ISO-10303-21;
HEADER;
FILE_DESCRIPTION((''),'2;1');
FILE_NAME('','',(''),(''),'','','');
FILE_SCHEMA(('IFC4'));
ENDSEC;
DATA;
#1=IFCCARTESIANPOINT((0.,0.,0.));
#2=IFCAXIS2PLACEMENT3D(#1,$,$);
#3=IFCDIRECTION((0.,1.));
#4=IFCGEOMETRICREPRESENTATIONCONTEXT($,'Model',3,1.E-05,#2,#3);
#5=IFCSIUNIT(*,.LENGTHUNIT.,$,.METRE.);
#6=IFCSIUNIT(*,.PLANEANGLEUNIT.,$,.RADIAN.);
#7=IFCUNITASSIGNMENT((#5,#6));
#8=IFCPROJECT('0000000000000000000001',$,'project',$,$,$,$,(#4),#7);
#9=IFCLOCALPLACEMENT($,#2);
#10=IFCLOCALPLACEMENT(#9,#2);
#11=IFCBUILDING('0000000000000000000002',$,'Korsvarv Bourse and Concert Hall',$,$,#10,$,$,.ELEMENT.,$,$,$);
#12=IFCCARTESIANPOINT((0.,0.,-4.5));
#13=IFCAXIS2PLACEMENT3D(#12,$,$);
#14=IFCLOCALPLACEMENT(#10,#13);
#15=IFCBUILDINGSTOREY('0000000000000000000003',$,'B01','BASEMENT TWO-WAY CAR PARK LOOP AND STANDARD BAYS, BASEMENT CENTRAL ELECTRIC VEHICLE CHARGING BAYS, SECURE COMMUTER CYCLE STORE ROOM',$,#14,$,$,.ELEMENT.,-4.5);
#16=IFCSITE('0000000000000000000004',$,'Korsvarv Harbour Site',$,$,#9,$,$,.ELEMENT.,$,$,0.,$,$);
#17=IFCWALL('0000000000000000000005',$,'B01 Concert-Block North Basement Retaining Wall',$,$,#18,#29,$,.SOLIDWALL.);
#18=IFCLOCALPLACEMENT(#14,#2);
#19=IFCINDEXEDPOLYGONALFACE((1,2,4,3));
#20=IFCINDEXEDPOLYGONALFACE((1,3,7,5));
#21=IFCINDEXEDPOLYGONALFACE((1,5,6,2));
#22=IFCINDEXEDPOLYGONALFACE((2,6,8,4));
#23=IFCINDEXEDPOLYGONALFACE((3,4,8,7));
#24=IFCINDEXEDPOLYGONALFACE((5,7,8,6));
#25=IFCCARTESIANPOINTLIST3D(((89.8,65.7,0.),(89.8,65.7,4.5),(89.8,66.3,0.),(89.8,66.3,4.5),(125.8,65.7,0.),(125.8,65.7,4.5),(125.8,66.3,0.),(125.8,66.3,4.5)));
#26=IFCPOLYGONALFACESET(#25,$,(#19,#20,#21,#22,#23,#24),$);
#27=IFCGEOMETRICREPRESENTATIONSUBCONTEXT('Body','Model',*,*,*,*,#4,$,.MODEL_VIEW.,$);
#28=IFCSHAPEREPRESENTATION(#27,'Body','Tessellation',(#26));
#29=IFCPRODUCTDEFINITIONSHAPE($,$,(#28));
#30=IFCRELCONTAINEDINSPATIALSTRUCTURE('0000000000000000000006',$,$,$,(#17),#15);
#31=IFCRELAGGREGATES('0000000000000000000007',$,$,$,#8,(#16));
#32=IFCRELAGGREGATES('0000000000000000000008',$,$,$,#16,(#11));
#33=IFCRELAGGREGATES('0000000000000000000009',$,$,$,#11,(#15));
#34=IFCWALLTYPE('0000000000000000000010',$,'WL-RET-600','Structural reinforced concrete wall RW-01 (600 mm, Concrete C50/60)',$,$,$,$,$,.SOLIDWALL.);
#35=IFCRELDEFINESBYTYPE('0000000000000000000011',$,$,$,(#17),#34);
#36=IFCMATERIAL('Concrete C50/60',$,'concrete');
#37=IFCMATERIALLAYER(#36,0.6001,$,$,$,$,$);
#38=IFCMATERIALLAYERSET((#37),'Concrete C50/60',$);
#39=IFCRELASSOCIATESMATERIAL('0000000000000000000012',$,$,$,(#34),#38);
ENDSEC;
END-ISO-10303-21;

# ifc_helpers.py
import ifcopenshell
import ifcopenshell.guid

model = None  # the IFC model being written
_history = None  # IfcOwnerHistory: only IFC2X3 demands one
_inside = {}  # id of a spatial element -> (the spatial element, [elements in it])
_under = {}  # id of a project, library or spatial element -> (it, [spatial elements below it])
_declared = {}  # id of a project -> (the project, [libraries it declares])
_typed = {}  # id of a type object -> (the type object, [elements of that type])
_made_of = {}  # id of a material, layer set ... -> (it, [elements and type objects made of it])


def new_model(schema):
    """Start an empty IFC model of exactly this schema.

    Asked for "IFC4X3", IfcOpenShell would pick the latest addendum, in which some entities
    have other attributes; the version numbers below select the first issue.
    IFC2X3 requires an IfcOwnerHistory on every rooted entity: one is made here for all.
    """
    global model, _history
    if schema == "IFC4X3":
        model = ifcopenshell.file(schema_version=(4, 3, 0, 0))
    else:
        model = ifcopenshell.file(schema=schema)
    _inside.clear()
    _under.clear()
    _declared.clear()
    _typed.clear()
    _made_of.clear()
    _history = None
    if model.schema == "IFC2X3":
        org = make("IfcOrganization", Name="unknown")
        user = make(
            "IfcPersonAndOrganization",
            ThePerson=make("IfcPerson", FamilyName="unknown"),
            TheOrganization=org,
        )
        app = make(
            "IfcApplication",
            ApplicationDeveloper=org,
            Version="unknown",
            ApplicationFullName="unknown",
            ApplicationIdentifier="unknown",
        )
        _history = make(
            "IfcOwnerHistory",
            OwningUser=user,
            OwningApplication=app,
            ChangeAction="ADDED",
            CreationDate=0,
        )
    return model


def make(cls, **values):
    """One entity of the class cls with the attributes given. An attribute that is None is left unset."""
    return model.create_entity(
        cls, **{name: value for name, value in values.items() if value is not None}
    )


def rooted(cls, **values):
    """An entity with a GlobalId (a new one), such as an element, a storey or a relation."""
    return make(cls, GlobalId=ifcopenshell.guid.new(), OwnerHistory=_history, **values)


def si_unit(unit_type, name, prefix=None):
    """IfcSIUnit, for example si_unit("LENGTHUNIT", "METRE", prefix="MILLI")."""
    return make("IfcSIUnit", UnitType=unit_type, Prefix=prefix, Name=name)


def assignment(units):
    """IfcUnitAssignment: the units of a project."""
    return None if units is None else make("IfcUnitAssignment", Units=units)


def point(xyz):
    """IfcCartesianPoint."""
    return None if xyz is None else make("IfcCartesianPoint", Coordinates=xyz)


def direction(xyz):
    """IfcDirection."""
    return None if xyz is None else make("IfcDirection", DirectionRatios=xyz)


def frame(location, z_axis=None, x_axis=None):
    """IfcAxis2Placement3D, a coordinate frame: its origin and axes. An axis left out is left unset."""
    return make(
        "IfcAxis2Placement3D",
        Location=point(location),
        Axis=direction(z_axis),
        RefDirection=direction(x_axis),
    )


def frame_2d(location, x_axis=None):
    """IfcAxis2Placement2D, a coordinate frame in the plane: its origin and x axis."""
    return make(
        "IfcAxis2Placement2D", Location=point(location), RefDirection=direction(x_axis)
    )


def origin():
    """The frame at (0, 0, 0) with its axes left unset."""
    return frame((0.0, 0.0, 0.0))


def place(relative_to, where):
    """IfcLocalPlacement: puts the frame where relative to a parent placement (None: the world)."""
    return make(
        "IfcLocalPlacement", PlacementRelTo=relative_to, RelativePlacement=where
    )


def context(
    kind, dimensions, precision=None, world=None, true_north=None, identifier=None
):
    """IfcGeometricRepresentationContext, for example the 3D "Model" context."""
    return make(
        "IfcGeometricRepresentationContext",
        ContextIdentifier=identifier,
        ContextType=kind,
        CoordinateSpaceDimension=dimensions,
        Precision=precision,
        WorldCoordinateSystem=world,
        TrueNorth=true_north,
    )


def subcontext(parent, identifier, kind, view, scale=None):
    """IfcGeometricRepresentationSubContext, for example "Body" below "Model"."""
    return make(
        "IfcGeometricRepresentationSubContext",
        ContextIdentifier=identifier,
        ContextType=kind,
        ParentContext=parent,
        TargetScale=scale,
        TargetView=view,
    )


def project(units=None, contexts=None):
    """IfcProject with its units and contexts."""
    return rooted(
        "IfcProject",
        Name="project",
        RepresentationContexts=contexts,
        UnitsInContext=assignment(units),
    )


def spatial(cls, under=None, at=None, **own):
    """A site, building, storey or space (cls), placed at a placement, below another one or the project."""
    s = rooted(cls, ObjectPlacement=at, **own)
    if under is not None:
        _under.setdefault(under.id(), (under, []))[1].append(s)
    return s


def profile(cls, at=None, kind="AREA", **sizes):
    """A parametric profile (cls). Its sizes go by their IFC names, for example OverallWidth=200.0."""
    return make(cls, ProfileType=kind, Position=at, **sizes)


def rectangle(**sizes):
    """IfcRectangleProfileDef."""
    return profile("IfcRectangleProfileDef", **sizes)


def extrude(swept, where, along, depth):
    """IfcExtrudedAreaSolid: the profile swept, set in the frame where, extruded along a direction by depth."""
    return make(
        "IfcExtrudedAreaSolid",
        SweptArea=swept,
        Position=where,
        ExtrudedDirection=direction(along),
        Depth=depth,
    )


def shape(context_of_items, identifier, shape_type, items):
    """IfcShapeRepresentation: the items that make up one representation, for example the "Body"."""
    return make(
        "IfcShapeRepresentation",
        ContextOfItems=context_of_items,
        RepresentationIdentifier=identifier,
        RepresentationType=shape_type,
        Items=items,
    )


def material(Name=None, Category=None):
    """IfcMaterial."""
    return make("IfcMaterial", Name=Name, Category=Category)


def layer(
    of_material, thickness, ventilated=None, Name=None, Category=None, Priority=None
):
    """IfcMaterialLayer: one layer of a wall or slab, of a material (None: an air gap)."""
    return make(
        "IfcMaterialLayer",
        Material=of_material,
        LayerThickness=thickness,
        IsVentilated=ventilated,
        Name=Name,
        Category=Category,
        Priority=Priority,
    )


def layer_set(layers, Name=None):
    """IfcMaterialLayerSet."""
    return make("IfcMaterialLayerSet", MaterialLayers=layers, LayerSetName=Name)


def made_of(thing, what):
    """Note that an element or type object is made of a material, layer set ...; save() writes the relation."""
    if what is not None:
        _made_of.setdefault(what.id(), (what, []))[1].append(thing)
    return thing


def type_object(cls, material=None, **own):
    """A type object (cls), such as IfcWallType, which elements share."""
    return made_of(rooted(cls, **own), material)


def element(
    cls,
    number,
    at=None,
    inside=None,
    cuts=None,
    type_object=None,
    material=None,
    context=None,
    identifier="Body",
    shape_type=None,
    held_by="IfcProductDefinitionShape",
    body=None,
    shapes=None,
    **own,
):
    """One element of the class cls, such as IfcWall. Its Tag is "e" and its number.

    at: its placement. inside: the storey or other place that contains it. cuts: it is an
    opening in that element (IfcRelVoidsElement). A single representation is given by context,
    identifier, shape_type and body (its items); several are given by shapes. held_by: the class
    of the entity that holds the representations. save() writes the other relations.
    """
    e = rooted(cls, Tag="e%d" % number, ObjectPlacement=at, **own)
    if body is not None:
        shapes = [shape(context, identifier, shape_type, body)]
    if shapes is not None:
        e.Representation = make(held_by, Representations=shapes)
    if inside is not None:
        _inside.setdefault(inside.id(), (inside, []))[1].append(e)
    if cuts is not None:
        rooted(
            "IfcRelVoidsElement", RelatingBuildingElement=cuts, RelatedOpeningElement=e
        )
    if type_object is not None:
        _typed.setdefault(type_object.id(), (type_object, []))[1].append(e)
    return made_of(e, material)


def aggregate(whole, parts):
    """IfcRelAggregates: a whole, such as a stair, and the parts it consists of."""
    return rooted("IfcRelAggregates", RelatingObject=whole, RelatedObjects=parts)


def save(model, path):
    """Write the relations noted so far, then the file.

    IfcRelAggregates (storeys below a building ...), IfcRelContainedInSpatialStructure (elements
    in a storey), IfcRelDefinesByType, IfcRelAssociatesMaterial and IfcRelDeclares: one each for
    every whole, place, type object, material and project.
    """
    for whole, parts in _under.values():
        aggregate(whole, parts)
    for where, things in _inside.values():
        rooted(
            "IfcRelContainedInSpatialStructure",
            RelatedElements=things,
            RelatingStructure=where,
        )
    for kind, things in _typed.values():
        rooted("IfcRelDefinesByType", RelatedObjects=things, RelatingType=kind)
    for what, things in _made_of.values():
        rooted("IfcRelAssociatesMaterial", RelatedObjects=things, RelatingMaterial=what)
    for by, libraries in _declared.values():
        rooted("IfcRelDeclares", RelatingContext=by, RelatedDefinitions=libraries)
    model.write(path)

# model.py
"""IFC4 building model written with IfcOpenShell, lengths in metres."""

from ifc_helpers import new_model, si_unit, direction, frame, frame_2d, origin, place, context, subcontext, project, spatial, rectangle, extrude, material, layer, layer_set, type_object, element, save


model = new_model("IFC4")

# Units and contexts
model_context = context("Model", 3, precision=1e-05, world=origin(), true_north=direction((0.0, 1.0)))
body_context = subcontext(model_context, "Body", "Model", "MODEL_VIEW")
ifc_project = project(units=[si_unit("LENGTHUNIT", "METRE"), si_unit("PLANEANGLEUNIT", "RADIAN")], contexts=[model_context])

# Site, building, storey
site_placement = place(None, origin())
site = spatial("IfcSite", under=ifc_project, at=site_placement, Name="Korsvarv Harbour Site", CompositionType="ELEMENT", RefElevation=0.0)
building_placement = place(site_placement, origin())
building = spatial("IfcBuilding", under=site, at=building_placement, Name="Korsvarv Bourse and Concert Hall", CompositionType="ELEMENT")
storey_placement = place(building_placement, frame((0.0, 0.0, -4.5)))
storey = spatial("IfcBuildingStorey", under=building, at=storey_placement, Name="B01", Description="BASEMENT TWO-WAY CAR PARK LOOP AND STANDARD BAYS, BASEMENT CENTRAL ELECTRIC VEHICLE CHARGING BAYS, SECURE COMMUTER CYCLE STORE ROOM", CompositionType="ELEMENT", Elevation=-4.5)

# Shared definitions
ifc_material_1 = material(Name="Concrete C50/60", Category="concrete")

# Wall
ifc_layer = layer(ifc_material_1, 0.6001)
ifc_layer_set = layer_set([ifc_layer], Name="Concrete C50/60")
wall_type = type_object("IfcWallType", Name="WL-RET-600", Description="Structural reinforced concrete wall RW-01 (600 mm, Concrete C50/60)", PredefinedType="SOLIDWALL", material=ifc_layer_set)
wall_placement = place(storey_placement, frame((89.8, 66.0, 0.0), z_axis=(0.0, 0.0, 1.0), x_axis=(1.0, 0.0, 0.0)))
element("IfcWall", 1, at=wall_placement, inside=storey, type_object=wall_type, Name="B01 Concert-Block North Basement Retaining Wall", PredefinedType="SOLIDWALL", context=body_context, shape_type="SweptSolid", body=[
    extrude(rectangle(XDim=36.0, YDim=0.6001, at=frame_2d((18.0, 0.0))), origin(), (0.0, 0.0, 1.0), 4.5),
])

save(model, "model.ifc")
